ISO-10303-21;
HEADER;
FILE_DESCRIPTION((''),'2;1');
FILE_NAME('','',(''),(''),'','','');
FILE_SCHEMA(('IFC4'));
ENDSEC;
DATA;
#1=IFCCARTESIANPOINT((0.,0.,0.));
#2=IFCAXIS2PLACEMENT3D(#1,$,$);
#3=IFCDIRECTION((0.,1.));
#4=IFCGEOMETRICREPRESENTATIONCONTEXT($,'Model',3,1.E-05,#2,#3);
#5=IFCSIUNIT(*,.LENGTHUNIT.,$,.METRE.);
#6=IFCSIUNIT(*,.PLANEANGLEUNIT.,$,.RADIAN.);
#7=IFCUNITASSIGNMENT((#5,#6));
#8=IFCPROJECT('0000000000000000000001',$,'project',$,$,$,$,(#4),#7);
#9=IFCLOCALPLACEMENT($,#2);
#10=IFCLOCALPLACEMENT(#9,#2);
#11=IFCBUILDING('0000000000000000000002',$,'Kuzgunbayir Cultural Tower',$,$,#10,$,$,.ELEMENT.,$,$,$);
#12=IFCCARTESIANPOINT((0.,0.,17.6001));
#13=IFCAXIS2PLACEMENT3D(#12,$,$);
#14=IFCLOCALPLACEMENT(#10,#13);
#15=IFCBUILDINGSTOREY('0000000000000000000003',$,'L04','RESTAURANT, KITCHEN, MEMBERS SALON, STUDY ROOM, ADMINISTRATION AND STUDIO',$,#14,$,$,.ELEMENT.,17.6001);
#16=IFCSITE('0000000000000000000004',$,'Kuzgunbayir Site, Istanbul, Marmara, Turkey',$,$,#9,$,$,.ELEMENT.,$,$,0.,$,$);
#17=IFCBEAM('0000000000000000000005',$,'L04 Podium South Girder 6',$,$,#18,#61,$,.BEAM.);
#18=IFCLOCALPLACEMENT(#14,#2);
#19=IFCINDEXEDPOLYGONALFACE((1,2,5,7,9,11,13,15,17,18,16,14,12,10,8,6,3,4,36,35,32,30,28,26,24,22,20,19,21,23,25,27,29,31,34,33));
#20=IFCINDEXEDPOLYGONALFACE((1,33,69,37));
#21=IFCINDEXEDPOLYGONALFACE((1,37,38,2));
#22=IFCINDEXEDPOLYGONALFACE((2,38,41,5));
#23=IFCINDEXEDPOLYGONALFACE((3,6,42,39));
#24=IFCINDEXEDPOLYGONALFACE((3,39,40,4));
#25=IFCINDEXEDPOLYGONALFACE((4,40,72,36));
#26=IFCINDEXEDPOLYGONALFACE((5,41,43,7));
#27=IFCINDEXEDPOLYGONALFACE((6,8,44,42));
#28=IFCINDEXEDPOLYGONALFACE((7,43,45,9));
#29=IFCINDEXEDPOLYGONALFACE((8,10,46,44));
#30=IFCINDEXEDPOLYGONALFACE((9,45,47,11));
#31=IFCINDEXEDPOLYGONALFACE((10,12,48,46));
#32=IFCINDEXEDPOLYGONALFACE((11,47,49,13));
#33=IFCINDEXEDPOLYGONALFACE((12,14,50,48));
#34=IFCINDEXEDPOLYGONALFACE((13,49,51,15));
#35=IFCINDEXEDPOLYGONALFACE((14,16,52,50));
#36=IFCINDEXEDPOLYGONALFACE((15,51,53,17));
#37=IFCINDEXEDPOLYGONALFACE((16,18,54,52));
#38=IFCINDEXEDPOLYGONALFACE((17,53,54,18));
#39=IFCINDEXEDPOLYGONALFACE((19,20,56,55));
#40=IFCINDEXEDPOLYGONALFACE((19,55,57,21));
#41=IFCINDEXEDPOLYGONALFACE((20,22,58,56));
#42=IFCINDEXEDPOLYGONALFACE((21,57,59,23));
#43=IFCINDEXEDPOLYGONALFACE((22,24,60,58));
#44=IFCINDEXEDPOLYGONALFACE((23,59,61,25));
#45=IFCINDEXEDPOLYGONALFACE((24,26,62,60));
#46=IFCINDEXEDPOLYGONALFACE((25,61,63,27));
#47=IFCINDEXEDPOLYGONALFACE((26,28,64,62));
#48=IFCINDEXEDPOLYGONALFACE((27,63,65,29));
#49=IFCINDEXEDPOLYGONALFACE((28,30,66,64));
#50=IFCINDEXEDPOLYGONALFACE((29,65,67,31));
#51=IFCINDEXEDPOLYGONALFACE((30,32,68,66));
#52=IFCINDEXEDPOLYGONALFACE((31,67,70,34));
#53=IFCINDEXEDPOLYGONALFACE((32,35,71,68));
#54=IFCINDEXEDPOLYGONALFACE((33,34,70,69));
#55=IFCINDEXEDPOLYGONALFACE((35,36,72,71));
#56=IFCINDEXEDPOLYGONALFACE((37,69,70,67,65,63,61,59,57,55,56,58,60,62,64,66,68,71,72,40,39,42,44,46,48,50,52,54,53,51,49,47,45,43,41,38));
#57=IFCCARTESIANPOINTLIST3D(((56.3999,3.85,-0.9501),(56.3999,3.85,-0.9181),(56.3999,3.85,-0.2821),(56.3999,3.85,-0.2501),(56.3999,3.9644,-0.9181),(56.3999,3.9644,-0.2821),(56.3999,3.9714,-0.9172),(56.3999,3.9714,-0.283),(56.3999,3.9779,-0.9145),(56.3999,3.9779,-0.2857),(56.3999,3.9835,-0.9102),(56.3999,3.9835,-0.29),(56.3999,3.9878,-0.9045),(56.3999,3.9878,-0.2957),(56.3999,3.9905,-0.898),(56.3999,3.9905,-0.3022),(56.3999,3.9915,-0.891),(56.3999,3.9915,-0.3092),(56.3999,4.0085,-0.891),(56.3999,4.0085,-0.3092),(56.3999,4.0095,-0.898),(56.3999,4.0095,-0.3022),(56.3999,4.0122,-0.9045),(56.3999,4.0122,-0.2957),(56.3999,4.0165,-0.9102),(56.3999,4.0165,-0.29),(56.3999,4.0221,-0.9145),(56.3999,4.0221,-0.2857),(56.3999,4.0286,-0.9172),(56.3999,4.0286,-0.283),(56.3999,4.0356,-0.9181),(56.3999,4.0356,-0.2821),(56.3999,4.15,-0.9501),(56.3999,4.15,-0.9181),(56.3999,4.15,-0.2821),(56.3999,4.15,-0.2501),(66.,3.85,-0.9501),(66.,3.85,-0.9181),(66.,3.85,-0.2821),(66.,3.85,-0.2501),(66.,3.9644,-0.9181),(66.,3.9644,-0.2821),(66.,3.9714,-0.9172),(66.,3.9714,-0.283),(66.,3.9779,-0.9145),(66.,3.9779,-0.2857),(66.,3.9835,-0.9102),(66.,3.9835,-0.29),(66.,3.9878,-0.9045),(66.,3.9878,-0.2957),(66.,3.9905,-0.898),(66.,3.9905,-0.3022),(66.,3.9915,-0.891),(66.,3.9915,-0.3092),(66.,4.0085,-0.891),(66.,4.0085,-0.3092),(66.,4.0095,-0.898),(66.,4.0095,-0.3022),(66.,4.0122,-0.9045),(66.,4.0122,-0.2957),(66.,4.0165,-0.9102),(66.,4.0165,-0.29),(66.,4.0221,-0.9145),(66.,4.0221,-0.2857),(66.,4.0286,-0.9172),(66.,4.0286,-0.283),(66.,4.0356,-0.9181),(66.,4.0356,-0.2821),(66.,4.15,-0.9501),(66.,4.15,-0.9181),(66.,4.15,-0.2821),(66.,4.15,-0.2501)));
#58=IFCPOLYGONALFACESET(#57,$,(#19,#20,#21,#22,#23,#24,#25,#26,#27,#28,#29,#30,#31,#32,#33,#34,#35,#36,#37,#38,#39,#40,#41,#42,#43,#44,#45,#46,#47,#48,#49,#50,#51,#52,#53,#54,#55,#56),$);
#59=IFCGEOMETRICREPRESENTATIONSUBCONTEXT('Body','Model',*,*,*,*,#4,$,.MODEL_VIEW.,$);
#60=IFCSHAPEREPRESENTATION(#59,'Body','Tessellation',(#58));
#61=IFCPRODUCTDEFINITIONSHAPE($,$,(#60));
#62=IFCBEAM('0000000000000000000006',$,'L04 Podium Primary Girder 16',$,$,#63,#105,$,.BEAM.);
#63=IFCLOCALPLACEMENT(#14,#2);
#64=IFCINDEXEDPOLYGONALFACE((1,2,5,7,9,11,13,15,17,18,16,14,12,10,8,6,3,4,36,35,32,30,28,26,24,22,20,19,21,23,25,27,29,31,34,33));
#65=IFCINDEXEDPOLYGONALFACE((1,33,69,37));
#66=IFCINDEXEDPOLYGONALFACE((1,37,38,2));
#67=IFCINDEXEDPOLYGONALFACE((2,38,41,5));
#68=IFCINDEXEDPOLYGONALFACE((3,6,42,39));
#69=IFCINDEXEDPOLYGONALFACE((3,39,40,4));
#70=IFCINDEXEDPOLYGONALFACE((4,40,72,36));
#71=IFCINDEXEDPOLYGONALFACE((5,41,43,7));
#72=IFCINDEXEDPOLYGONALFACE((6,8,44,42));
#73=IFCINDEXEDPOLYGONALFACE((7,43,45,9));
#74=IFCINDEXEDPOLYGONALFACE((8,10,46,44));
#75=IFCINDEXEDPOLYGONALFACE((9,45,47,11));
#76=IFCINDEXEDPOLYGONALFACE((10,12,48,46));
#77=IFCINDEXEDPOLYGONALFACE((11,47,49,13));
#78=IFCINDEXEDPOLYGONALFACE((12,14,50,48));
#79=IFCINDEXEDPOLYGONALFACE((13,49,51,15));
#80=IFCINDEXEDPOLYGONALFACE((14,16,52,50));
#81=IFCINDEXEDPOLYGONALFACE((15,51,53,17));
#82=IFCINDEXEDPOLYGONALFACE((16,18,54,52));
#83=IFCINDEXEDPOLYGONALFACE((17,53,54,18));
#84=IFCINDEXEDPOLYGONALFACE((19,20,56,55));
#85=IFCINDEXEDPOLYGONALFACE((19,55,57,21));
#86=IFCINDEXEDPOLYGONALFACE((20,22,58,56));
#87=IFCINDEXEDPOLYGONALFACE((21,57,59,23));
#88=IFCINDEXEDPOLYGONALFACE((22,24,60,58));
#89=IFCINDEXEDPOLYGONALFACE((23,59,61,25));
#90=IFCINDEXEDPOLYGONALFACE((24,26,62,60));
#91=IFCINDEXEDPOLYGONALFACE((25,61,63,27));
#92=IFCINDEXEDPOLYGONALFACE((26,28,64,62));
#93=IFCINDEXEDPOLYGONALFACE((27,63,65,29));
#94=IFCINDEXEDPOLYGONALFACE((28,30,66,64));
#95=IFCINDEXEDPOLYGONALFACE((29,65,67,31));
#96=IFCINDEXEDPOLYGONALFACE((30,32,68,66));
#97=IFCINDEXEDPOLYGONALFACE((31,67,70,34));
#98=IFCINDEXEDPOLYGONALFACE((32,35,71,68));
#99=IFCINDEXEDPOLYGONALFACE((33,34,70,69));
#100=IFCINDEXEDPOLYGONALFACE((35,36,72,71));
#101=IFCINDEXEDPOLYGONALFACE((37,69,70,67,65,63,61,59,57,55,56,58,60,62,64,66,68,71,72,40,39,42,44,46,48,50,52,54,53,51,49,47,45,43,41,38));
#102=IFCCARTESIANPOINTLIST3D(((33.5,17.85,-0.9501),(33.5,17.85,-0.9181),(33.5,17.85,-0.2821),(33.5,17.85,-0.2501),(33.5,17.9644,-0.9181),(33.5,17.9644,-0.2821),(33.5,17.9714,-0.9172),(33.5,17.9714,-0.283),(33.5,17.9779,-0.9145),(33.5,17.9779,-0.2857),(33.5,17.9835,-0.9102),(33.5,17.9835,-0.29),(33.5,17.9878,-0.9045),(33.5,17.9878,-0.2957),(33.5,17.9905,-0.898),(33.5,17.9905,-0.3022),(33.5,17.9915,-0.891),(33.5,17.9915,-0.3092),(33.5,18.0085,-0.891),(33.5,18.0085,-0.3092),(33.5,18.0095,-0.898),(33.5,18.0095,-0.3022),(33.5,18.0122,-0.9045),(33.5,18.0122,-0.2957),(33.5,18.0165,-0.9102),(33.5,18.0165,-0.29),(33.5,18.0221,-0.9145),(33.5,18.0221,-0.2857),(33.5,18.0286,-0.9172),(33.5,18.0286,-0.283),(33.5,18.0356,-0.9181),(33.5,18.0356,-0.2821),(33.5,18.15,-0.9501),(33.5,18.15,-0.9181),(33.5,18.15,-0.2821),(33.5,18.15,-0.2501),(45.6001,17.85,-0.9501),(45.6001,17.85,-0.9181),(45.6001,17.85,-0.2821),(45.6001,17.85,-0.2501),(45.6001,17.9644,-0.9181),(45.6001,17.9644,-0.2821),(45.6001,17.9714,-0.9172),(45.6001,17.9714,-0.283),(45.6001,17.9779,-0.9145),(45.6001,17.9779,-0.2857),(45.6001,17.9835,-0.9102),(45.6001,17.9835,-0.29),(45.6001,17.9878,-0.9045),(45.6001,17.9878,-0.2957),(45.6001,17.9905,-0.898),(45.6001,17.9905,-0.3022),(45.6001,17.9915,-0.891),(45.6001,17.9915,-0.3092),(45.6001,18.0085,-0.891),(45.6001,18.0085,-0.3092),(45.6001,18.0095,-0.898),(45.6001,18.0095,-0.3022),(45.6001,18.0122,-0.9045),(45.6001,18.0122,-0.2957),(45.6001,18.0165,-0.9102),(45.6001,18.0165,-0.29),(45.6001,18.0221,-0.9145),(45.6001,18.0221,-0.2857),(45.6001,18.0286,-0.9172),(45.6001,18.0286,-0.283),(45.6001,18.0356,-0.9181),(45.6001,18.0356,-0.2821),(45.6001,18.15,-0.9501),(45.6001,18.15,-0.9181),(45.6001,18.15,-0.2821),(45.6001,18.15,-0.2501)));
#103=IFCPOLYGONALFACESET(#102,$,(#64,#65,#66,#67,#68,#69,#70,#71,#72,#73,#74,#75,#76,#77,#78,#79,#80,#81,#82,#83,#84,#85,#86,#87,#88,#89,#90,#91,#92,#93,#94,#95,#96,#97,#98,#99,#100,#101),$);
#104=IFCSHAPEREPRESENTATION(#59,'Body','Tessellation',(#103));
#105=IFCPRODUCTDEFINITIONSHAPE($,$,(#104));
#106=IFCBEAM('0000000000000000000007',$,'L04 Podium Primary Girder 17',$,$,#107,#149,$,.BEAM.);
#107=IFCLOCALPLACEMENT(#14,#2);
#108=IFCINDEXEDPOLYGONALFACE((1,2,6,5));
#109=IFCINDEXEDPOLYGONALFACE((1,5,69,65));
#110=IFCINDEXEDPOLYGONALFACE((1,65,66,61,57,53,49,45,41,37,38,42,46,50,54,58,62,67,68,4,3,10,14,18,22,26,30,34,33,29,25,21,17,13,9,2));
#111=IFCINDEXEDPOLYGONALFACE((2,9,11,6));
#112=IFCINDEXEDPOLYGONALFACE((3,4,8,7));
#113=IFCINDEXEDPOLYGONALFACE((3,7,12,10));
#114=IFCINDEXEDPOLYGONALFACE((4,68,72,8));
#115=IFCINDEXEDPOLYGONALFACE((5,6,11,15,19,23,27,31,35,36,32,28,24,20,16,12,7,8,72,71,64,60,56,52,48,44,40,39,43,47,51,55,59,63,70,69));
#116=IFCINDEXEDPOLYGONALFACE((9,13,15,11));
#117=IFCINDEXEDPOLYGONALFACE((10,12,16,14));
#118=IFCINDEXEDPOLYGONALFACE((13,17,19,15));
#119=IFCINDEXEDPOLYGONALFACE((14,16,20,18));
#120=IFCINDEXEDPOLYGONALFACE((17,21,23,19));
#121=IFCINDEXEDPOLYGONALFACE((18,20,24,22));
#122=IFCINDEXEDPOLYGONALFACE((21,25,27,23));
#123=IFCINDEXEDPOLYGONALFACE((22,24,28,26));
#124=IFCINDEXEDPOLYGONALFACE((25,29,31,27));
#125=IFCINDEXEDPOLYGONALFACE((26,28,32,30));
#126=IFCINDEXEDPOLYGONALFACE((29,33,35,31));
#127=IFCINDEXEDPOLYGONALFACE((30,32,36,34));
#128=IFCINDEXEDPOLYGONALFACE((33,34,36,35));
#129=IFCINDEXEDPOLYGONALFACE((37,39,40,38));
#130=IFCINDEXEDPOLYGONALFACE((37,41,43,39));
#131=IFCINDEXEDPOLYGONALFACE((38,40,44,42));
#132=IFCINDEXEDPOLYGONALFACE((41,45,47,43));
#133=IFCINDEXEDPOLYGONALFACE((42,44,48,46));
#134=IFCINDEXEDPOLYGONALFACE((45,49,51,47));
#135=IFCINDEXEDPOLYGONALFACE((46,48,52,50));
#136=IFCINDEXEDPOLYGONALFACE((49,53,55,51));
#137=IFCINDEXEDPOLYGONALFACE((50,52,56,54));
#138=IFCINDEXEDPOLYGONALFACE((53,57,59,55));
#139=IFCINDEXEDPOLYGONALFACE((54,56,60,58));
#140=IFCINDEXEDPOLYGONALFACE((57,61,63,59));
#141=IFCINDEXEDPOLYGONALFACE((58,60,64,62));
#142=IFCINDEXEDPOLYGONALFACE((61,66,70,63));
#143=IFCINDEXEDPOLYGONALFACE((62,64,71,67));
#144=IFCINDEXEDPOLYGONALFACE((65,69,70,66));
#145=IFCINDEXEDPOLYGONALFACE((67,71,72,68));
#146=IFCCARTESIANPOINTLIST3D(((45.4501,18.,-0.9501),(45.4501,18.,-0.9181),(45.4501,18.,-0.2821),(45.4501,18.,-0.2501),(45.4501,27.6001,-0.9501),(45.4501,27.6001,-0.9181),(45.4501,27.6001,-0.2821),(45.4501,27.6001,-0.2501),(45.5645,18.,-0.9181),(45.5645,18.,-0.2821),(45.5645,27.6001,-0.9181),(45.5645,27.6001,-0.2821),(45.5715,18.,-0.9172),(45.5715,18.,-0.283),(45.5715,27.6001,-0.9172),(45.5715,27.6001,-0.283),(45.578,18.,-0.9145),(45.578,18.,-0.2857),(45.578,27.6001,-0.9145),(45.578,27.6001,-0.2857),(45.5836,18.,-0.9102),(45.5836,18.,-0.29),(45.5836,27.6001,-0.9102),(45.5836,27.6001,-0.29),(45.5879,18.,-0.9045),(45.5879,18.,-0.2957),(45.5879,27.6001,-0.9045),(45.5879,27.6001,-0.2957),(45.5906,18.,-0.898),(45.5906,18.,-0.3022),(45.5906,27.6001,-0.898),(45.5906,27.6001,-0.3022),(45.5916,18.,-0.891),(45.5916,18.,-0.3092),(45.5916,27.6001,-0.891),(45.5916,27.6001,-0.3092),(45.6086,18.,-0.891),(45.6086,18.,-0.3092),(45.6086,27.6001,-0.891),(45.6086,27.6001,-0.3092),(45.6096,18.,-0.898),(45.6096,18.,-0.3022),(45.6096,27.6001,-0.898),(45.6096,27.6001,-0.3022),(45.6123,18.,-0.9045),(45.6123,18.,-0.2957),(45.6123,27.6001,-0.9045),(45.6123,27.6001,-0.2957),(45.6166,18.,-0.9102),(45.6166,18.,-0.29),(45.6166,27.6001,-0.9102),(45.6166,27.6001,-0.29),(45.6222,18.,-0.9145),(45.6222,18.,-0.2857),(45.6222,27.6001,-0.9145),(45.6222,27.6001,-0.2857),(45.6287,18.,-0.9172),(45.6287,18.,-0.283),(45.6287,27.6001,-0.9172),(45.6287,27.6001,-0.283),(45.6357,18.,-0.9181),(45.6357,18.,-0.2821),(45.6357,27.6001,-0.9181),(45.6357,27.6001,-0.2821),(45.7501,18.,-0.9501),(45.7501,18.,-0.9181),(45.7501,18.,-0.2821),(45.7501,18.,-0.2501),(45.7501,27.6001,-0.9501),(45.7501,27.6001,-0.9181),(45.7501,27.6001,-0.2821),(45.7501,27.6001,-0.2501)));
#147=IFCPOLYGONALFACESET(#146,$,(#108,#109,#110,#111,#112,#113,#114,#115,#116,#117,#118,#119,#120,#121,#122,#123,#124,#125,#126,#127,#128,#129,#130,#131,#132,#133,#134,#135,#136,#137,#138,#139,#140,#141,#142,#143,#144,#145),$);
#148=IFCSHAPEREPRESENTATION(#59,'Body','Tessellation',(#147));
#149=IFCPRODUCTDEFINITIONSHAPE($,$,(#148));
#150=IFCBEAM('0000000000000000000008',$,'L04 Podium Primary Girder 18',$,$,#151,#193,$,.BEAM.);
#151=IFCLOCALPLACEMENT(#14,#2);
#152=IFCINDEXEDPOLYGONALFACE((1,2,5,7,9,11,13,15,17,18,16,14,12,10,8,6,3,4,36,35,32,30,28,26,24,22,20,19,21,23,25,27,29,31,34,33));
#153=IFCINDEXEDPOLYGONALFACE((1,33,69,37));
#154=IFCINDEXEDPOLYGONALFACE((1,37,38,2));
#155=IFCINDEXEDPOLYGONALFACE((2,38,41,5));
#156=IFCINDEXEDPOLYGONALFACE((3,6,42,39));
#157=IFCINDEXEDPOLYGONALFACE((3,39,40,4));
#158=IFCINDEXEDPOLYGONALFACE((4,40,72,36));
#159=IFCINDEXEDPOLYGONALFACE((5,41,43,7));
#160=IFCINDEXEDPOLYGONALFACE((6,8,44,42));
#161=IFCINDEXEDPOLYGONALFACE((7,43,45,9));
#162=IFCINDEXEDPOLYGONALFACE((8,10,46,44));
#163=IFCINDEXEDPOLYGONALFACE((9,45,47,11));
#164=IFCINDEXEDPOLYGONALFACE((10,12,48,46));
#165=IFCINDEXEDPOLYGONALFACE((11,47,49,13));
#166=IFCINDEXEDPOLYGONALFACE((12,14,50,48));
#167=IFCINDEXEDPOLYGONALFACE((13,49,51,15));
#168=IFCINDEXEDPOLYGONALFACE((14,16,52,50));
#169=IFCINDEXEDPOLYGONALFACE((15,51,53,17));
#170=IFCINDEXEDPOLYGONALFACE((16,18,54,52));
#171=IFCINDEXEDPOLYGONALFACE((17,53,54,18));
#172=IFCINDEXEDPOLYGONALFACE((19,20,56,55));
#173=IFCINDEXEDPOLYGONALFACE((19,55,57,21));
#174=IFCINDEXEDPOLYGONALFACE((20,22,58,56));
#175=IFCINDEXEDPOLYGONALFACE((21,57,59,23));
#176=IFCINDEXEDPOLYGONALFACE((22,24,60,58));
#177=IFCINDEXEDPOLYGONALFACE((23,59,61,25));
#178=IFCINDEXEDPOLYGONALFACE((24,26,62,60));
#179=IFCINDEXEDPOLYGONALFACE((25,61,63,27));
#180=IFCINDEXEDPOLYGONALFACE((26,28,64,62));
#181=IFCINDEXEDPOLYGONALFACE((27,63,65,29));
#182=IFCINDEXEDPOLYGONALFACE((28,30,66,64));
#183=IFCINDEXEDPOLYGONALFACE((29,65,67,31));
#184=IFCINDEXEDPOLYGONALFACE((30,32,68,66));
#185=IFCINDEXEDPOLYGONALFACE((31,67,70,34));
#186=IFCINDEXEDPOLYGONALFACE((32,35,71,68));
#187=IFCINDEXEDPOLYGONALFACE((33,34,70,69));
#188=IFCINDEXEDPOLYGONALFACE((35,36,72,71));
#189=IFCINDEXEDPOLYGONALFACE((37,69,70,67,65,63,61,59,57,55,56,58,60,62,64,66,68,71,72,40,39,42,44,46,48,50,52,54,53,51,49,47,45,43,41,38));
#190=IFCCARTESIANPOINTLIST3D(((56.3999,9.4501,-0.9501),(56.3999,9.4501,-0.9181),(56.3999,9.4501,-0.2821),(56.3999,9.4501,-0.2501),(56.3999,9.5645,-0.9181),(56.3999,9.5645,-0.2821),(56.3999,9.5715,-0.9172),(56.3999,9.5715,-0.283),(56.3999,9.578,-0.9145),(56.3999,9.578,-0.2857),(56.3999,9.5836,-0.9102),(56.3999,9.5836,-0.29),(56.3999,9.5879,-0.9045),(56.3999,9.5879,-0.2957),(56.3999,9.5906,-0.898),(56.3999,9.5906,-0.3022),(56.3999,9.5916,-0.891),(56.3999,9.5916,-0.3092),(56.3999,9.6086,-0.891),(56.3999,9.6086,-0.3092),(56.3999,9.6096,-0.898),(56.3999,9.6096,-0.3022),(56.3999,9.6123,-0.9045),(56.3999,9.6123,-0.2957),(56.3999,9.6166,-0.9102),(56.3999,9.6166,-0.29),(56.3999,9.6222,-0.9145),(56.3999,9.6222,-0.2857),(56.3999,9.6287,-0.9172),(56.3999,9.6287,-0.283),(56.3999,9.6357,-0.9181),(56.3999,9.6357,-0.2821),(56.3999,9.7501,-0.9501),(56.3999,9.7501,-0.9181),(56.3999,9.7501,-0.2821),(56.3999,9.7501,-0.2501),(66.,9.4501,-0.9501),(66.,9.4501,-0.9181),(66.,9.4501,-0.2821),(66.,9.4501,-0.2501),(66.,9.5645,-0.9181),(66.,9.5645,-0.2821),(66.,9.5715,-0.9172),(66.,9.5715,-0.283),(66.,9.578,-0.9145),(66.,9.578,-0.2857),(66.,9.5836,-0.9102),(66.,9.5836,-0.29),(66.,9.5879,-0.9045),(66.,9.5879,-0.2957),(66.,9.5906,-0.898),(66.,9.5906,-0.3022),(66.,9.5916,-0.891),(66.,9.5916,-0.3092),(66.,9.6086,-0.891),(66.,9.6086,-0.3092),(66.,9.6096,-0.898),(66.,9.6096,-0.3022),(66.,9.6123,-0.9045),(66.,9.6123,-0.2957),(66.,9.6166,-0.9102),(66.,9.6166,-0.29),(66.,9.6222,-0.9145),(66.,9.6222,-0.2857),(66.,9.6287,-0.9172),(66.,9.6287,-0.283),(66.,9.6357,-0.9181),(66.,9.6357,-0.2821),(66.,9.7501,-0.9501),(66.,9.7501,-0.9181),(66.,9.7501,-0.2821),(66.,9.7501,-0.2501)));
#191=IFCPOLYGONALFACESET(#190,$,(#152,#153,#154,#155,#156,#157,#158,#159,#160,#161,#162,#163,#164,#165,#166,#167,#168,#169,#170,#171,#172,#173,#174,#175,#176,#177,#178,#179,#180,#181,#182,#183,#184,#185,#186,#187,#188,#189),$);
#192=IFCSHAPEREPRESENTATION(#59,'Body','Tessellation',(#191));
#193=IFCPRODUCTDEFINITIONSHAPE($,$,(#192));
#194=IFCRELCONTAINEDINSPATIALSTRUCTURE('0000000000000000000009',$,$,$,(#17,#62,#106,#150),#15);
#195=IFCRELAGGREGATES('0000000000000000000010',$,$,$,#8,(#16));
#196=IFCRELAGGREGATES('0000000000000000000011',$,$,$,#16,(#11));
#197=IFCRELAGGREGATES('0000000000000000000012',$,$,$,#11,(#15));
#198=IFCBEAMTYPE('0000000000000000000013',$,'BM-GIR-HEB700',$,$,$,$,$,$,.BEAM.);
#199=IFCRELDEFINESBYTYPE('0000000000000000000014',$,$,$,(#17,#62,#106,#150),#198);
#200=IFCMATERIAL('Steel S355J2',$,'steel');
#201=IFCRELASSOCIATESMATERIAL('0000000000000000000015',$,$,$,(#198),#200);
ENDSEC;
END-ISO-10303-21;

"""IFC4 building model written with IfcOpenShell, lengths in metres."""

from ifc_helpers import new_model, si_unit, direction, frame, origin, origin_2d, place, context, subcontext, project, spatial, i_section, extrude, material, material_profile, profile_set, type_object, element, save


model = new_model("IFC4")

# Units and contexts
model_context = context("Model", 3, precision=1e-05, world=origin(), true_north=direction((0.0, 1.0)))
body_context = subcontext(model_context, "Body", "Model", "MODEL_VIEW")
ifc_project = project(units=[si_unit("LENGTHUNIT", "METRE"), si_unit("PLANEANGLEUNIT", "RADIAN")], contexts=[model_context])

# Site, building, storey
site_placement = place(None, origin())
site = spatial("IfcSite", under=ifc_project, at=site_placement, Name="Kuzgunbayir Site, Istanbul, Marmara, Turkey", CompositionType="ELEMENT", RefElevation=0.0)
building_placement = place(site_placement, origin())
building = spatial("IfcBuilding", under=site, at=building_placement, Name="Kuzgunbayir Cultural Tower", CompositionType="ELEMENT")
storey_placement = place(building_placement, frame((0.0, 0.0, 17.6001)))
storey = spatial("IfcBuildingStorey", under=building, at=storey_placement, Name="L04", Description="RESTAURANT, KITCHEN, MEMBERS SALON, STUDY ROOM, ADMINISTRATION AND STUDIO", CompositionType="ELEMENT", Elevation=17.6001)

# Beams
ifc_material_1 = material(Name="Steel S355J2", Category="steel")
ifc_material_profile_1 = material_profile(ifc_material_1, i_section(OverallWidth=0.3, OverallDepth=0.7, WebThickness=0.0171, FlangeThickness=0.032, FilletRadius=0.0271, at=origin_2d()), Name="HEB 700")
ifc_profile_set_1 = profile_set([ifc_material_profile_1], Name="Steel S355J2")
beam_type = type_object("IfcBeamType", Name="BM-GIR-HEB700", PredefinedType="BEAM", material=ifc_profile_set_1)
beam_1_placement = place(storey_placement, frame((56.3999, 4.0, -0.6001), z_axis=(1.0, 0.0, 0.0), x_axis=(0.0, 1.0, 0.0)))
element("IfcBeam", 1, at=beam_1_placement, inside=storey, type_object=beam_type, Name="L04 Podium South Girder 6", PredefinedType="BEAM", context=body_context, shape_type="SweptSolid", body=[
    extrude(i_section(OverallWidth=0.3, OverallDepth=0.7, WebThickness=0.0171, FlangeThickness=0.032, FilletRadius=0.0271, at=origin_2d()), origin(), (0.0, 0.0, 1.0), 9.6001),
])
beam_2_placement = place(storey_placement, frame((33.5, 18.0, -0.6001), z_axis=(1.0, 0.0, 0.0), x_axis=(0.0, 1.0, 0.0)))
element("IfcBeam", 2, at=beam_2_placement, inside=storey, type_object=beam_type, Name="L04 Podium Primary Girder 16", PredefinedType="BEAM", context=body_context, shape_type="SweptSolid", body=[
    extrude(i_section(OverallWidth=0.3, OverallDepth=0.7, WebThickness=0.0171, FlangeThickness=0.032, FilletRadius=0.0271, at=origin_2d()), origin(), (0.0, 0.0, 1.0), 12.1001),
])
for number, where, z_axis, x_axis, name in (
    (3, (45.6001, 18.0, -0.6001), (0.0, 1.0, 0.0), (-1.0, 0.0, 0.0), "L04 Podium Primary Girder 17"),
    (4, (56.3999, 9.6001, -0.6001), (1.0, 0.0, 0.0), (0.0, 1.0, 0.0), "L04 Podium Primary Girder 18"),
):
    element("IfcBeam", number, at=place(storey_placement, frame(where, z_axis=z_axis, x_axis=x_axis)), inside=storey, type_object=beam_type, Name=name, PredefinedType="BEAM", context=body_context, shape_type="SweptSolid", body=[
        extrude(i_section(OverallWidth=0.3, OverallDepth=0.7, WebThickness=0.0171, FlangeThickness=0.032, FilletRadius=0.0271, at=origin_2d()), origin(), (0.0, 0.0, 1.0), 9.6001),
    ])

save(model, "model.ifc")
